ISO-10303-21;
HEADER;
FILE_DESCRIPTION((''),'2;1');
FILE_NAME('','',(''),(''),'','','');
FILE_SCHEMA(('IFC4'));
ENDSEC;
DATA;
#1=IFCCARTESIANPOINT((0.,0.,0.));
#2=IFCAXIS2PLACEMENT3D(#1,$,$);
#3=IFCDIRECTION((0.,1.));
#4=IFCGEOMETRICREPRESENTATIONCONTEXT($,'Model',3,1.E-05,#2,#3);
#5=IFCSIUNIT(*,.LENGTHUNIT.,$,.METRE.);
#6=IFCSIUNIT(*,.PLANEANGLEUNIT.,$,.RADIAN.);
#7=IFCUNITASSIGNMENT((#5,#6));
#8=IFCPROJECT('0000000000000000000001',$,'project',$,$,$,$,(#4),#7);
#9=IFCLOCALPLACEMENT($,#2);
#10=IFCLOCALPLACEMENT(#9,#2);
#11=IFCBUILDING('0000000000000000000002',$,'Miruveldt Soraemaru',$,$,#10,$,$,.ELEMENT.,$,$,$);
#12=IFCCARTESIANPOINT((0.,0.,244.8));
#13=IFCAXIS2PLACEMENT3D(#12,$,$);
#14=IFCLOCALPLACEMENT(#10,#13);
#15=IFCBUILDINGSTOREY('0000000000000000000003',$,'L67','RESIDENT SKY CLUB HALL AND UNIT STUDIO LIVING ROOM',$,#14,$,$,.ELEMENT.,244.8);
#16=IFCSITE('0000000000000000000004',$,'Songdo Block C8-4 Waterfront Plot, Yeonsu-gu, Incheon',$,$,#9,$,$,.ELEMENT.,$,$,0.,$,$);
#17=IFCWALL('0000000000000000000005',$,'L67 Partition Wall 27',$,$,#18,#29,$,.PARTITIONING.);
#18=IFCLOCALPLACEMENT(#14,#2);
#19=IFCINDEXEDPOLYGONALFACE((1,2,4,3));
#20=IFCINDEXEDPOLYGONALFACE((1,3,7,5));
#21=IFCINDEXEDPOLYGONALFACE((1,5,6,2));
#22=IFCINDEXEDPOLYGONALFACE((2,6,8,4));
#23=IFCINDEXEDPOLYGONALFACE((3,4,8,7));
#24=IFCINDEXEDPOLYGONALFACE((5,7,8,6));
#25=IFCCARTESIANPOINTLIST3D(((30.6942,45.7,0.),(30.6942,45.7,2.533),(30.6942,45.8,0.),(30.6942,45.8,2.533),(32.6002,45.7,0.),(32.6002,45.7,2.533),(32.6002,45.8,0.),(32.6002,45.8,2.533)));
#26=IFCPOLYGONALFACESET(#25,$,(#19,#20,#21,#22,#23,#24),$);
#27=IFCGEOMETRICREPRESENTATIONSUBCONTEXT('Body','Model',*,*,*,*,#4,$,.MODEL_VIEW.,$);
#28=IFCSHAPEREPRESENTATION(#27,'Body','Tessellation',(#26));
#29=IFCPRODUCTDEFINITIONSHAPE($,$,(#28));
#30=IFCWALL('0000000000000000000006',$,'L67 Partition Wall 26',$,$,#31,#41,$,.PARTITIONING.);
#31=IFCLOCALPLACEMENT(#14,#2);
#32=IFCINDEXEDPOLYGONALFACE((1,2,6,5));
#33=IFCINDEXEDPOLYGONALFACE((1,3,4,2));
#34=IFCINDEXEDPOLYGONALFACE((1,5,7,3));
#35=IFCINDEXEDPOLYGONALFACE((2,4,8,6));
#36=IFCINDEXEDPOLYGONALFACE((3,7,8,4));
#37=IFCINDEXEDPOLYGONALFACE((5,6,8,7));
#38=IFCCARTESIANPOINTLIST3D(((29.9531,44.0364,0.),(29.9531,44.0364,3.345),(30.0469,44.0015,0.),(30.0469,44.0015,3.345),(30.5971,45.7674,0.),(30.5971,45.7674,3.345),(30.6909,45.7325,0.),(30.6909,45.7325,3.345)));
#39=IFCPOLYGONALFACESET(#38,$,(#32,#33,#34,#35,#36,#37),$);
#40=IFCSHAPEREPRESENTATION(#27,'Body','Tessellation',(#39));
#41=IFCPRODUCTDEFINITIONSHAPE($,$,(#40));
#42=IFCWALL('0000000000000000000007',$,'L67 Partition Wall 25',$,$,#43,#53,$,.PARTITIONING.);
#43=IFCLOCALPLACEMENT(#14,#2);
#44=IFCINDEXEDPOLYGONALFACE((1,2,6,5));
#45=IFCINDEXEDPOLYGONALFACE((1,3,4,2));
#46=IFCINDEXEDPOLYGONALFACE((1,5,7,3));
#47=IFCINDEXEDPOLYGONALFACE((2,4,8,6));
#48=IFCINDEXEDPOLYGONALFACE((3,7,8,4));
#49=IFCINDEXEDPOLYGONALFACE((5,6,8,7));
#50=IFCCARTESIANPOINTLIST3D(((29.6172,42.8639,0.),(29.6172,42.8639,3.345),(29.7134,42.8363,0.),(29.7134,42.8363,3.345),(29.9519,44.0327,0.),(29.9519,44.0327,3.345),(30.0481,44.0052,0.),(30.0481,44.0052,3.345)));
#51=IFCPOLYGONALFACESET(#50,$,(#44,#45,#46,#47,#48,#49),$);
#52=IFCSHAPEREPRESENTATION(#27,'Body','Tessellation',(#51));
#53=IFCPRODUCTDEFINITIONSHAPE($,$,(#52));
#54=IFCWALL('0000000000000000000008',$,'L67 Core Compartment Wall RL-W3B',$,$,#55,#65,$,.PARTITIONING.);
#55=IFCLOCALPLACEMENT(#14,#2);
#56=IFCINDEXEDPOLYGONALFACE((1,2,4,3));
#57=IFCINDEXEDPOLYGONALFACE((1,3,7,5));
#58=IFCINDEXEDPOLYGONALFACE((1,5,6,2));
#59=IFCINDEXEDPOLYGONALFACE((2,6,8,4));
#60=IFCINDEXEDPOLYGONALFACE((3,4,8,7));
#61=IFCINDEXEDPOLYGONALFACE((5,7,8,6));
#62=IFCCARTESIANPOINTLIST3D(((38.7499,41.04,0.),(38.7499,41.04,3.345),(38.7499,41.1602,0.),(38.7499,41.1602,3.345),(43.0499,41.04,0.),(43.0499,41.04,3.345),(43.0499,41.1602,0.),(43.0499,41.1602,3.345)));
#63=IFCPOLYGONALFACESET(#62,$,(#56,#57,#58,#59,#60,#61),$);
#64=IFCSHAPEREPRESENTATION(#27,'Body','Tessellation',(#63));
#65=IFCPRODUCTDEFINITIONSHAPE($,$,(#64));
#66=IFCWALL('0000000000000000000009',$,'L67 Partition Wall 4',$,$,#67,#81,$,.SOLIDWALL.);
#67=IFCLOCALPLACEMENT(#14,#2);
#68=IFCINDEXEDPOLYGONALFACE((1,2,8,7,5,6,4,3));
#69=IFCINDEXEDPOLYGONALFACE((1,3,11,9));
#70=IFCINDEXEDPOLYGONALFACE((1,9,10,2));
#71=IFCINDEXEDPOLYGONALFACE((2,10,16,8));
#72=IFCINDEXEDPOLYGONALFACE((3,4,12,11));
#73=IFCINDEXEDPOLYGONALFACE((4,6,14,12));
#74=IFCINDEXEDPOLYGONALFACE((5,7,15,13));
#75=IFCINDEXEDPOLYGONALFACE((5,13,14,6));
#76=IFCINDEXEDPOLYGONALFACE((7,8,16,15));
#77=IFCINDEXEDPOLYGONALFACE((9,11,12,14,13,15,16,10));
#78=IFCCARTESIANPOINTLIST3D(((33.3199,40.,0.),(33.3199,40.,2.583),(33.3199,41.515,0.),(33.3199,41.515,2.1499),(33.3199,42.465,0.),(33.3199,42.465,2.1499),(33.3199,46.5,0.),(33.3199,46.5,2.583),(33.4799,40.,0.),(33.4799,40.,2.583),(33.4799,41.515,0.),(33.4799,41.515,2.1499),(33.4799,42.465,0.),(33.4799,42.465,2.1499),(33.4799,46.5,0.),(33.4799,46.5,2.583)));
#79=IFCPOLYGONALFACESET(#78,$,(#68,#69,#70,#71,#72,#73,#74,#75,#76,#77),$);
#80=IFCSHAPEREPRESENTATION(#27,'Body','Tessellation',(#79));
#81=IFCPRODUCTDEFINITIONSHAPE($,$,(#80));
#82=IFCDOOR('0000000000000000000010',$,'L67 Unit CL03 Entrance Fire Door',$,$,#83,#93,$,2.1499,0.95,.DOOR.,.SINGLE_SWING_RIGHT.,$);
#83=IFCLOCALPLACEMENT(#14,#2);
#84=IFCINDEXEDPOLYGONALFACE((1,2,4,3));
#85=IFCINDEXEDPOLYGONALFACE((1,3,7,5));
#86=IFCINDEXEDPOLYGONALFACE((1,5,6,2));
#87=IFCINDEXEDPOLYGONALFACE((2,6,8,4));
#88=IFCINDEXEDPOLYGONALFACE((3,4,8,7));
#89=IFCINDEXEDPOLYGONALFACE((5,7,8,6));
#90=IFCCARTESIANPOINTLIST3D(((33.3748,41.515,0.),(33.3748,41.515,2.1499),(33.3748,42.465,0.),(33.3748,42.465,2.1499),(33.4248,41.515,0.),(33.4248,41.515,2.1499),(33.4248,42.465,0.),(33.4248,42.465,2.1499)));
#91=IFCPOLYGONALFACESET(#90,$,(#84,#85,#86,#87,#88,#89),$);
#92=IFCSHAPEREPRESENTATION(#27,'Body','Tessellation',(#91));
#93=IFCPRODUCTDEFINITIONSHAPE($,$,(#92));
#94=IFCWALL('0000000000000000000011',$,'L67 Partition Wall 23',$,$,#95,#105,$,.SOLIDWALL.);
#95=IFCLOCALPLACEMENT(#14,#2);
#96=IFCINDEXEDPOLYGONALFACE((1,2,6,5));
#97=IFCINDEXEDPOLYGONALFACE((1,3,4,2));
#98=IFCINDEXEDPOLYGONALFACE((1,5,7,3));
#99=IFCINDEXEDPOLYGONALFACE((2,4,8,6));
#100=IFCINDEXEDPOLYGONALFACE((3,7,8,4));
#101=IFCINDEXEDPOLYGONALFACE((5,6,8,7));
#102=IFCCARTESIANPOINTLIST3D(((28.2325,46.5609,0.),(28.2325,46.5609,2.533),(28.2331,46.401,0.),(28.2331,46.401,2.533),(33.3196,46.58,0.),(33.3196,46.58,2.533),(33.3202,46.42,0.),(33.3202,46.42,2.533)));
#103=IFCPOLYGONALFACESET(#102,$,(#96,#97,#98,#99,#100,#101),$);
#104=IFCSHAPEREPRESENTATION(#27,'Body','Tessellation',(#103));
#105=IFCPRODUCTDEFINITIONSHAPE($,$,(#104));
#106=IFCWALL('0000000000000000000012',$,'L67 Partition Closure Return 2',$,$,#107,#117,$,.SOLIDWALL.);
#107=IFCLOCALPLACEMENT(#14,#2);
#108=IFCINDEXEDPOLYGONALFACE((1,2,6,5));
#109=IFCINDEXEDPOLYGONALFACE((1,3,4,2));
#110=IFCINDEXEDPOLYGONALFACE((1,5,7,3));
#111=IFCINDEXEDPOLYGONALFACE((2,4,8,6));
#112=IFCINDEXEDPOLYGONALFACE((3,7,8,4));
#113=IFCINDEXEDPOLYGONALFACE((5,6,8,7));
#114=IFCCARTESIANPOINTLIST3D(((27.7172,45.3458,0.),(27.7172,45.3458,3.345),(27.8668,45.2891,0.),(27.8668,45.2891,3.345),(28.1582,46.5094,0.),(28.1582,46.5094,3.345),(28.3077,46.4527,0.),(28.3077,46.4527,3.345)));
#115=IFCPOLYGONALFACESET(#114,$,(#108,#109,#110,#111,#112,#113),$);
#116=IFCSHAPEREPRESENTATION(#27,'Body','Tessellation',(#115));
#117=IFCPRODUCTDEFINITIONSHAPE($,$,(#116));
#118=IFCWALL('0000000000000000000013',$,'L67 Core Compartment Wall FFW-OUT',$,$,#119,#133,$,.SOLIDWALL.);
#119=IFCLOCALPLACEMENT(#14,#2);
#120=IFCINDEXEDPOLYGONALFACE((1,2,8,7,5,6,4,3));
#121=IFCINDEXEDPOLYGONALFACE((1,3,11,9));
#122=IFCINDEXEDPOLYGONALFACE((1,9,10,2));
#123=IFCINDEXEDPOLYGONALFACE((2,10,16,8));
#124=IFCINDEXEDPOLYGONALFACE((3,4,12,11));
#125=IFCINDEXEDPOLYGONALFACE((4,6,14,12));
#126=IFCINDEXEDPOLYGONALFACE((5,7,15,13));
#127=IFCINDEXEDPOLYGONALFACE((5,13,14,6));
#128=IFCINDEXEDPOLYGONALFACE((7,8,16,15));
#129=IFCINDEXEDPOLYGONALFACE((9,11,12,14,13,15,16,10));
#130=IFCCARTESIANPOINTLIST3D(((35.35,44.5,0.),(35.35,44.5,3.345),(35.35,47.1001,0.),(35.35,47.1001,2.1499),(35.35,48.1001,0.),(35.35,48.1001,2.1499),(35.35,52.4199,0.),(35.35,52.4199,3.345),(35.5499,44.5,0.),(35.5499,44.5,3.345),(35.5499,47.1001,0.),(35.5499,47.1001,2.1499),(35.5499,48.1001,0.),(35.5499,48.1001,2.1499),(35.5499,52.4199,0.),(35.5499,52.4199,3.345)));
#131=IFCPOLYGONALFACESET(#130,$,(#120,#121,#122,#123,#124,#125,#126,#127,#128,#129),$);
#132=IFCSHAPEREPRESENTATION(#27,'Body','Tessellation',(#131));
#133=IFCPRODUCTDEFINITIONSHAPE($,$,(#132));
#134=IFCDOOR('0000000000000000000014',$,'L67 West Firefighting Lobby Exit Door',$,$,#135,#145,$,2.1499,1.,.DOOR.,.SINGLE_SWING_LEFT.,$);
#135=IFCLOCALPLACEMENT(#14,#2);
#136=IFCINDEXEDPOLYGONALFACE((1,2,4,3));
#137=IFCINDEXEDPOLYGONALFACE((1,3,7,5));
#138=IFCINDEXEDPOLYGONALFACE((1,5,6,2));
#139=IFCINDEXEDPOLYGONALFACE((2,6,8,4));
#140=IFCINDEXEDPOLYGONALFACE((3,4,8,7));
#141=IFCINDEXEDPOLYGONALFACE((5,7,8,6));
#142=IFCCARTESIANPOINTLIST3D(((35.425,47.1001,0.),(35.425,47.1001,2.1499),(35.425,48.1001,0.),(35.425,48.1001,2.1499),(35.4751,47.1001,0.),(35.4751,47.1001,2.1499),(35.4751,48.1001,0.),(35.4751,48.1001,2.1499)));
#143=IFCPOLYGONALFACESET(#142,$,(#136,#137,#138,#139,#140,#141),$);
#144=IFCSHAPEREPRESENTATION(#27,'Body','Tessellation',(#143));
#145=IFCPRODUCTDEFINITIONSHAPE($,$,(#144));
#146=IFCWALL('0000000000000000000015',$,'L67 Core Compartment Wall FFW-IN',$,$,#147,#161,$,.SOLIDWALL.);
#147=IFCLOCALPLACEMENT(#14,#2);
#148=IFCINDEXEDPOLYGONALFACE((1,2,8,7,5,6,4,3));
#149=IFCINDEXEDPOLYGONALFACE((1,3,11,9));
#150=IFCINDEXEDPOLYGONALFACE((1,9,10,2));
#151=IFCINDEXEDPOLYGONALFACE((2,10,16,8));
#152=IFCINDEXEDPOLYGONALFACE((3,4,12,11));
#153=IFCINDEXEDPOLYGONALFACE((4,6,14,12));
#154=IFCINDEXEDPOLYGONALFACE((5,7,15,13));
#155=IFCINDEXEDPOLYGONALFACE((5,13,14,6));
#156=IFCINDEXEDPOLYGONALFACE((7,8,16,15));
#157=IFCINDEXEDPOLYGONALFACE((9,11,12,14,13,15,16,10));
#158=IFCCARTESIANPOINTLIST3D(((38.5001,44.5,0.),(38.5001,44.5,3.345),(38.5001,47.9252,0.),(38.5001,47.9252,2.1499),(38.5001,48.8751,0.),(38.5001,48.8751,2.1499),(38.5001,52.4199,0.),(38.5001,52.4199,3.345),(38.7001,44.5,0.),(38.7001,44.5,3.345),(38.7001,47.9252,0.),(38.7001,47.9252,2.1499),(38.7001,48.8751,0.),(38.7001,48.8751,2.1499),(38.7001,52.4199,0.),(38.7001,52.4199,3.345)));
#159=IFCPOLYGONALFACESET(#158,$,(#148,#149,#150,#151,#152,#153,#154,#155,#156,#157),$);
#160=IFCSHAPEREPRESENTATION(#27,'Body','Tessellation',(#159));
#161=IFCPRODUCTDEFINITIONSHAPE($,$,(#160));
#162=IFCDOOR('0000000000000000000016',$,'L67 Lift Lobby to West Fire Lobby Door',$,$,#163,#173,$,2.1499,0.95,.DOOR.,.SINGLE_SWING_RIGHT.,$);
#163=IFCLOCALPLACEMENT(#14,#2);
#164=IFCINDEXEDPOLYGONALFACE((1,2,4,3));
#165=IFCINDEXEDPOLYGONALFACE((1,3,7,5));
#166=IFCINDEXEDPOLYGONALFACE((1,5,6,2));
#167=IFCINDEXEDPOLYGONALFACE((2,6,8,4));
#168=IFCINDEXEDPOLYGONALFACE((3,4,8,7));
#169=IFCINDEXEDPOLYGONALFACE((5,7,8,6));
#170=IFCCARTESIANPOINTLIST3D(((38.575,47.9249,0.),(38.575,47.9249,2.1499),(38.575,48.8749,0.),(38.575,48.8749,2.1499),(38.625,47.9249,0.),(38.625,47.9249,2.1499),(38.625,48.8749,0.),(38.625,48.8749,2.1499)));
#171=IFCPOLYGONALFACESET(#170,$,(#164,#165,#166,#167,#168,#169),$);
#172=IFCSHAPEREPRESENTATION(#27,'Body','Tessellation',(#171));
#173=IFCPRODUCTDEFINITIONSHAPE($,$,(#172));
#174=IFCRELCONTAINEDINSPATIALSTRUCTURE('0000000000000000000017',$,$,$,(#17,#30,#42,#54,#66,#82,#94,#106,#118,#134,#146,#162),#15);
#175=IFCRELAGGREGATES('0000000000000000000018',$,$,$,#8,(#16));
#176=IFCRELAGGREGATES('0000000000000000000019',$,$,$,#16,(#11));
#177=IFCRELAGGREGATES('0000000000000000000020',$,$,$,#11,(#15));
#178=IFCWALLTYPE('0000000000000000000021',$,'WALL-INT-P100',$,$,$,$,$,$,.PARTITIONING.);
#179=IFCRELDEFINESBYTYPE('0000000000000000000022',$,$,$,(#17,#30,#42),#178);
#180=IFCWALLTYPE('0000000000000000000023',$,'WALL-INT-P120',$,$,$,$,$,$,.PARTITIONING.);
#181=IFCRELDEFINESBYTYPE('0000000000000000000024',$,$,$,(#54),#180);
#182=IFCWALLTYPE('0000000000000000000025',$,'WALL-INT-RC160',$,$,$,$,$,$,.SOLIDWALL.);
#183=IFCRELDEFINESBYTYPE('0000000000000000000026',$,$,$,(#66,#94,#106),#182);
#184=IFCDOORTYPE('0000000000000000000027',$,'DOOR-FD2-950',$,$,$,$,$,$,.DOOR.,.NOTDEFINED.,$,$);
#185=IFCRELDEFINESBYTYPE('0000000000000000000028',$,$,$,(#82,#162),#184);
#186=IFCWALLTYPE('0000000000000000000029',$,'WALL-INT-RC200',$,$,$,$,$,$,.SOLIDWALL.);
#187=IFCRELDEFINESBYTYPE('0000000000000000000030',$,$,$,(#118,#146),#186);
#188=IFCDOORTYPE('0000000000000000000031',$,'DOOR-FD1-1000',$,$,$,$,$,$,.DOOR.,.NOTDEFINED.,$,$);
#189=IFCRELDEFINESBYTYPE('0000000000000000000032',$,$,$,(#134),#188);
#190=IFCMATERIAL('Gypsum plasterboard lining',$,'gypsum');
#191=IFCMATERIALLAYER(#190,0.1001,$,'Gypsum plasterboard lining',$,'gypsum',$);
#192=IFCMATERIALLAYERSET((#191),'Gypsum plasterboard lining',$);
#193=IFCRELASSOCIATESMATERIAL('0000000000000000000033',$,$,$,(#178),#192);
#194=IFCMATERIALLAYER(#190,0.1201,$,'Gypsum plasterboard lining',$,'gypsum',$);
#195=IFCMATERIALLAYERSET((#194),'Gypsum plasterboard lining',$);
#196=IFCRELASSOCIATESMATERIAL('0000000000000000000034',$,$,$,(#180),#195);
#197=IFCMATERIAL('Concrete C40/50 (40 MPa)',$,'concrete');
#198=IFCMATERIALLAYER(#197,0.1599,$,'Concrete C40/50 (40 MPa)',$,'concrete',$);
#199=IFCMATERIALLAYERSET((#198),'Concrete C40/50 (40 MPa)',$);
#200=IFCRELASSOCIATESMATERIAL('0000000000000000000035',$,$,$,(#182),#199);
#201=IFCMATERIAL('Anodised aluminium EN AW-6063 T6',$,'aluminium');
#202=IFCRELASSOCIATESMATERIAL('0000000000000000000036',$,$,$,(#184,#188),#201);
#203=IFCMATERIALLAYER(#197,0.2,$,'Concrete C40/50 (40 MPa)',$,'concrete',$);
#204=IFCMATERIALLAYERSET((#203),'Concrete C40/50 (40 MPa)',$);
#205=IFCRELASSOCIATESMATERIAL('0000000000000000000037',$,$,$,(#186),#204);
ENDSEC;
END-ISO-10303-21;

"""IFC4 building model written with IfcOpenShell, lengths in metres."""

from ifc_helpers import new_model, si_unit, direction, frame, frame_2d, origin, place, context, subcontext, project, spatial, rectangle, extrude, material, layer, layer_set, type_object, element, fill, save


model = new_model("IFC4")

# Units and contexts
model_context = context("Model", 3, precision=1e-05, world=origin(), true_north=direction((0.0, 1.0)))
body_context = subcontext(model_context, "Body", "Model", "MODEL_VIEW")
ifc_project = project(units=[si_unit("LENGTHUNIT", "METRE"), si_unit("PLANEANGLEUNIT", "RADIAN")], contexts=[model_context])

# Site, building, storey
site_placement = place(None, origin())
site = spatial("IfcSite", under=ifc_project, at=site_placement, Name="Songdo Block C8-4 Waterfront Plot, Yeonsu-gu, Incheon", CompositionType="ELEMENT", RefElevation=0.0)
building_placement = place(site_placement, origin())
building = spatial("IfcBuilding", under=site, at=building_placement, Name="Miruveldt Soraemaru", CompositionType="ELEMENT")
storey_placement = place(building_placement, frame((0.0, 0.0, 244.8)))
storey = spatial("IfcBuildingStorey", under=building, at=storey_placement, Name="L67", Description="RESIDENT SKY CLUB HALL AND UNIT STUDIO LIVING ROOM", CompositionType="ELEMENT", Elevation=244.8)

# Shared definitions
ifc_material_1 = material(Name="Gypsum plasterboard lining", Category="gypsum")
ifc_layer_1 = layer(ifc_material_1, 0.1001, Name="Gypsum plasterboard lining", Category="gypsum")
ifc_layer_set_1 = layer_set([ifc_layer_1], Name="Gypsum plasterboard lining")
wall_type_1 = type_object("IfcWallType", Name="WALL-INT-P100", PredefinedType="PARTITIONING", material=ifc_layer_set_1)
ifc_material_2 = material(Name="Anodised aluminium EN AW-6063 T6", Category="aluminium")

# Walls
wall_1_placement = place(storey_placement, frame((30.6941, 45.75, 0.0), z_axis=(0.0, 0.0, 1.0), x_axis=(1.0, 0.0, 0.0)))
element("IfcWall", 1, at=wall_1_placement, inside=storey, type_object=wall_type_1, Name="L67 Partition Wall 27", PredefinedType="PARTITIONING", context=body_context, shape_type="SweptSolid", body=[
    extrude(rectangle(XDim=1.906, YDim=0.1001, at=frame_2d((0.9531, 0.0))), origin(), (0.0, 0.0, 1.0), 2.533),
])
wall_2_placement = place(storey_placement, frame((30.0, 44.019, 0.0), z_axis=(0.0, 0.0, 1.0), x_axis=(0.348718, 0.937228, 0.0)))
element("IfcWall", 2, at=wall_2_placement, inside=storey, type_object=wall_type_1, Name="L67 Partition Wall 26", PredefinedType="PARTITIONING", context=body_context, shape_type="SweptSolid", body=[
    extrude(rectangle(XDim=1.8469, YDim=0.1001, at=frame_2d((0.9233, 0.0))), origin(), (0.0, 0.0, 1.0), 3.345),
])
wall_3_placement = place(storey_placement, frame((29.6653, 42.8501, 0.0), z_axis=(0.0, 0.0, 1.0), x_axis=(0.275278, 0.961365, 0.0)))
element("IfcWall", 3, at=wall_3_placement, inside=storey, type_object=wall_type_1, Name="L67 Partition Wall 25", PredefinedType="PARTITIONING", context=body_context, shape_type="SweptSolid", body=[
    extrude(rectangle(XDim=1.2158, YDim=0.1001, at=frame_2d((0.6079, 0.0))), origin(), (0.0, 0.0, 1.0), 3.345),
])
ifc_layer_2 = layer(ifc_material_1, 0.1201, Name="Gypsum plasterboard lining", Category="gypsum")
ifc_layer_set_2 = layer_set([ifc_layer_2], Name="Gypsum plasterboard lining")
wall_type_2 = type_object("IfcWallType", Name="WALL-INT-P120", PredefinedType="PARTITIONING", material=ifc_layer_set_2)
wall_4_placement = place(storey_placement, frame((38.75, 41.1001, 0.0), z_axis=(0.0, 0.0, 1.0), x_axis=(1.0, 0.0, 0.0)))
element("IfcWall", 4, at=wall_4_placement, inside=storey, type_object=wall_type_2, Name="L67 Core Compartment Wall RL-W3B", PredefinedType="PARTITIONING", context=body_context, shape_type="SweptSolid", body=[
    extrude(rectangle(XDim=4.3, YDim=0.1201, at=frame_2d((2.1499, 0.0))), origin(), (0.0, 0.0, 1.0), 3.345),
])

# Wall, opening, door
ifc_material_3 = material(Name="Concrete C40/50 (40 MPa)", Category="concrete")
ifc_layer_3 = layer(ifc_material_3, 0.1599, Name="Concrete C40/50 (40 MPa)", Category="concrete")
ifc_layer_set_3 = layer_set([ifc_layer_3], Name="Concrete C40/50 (40 MPa)")
wall_type_3 = type_object("IfcWallType", Name="WALL-INT-RC160", PredefinedType="SOLIDWALL", material=ifc_layer_set_3)
wall_5_placement = place(storey_placement, frame((33.3999, 46.5, 0.0), z_axis=(0.0, 0.0, 1.0), x_axis=(0.0, -1.0, 0.0)))
wall_5 = element("IfcWall", 5, at=wall_5_placement, inside=storey, type_object=wall_type_3, Name="L67 Partition Wall 4", PredefinedType="SOLIDWALL", context=body_context, shape_type="SweptSolid", body=[
    extrude(rectangle(XDim=6.5, YDim=0.1599, at=frame_2d((3.25, 0.0))), origin(), (0.0, 0.0, 1.0), 2.583),
])
opening_1_placement = place(wall_5_placement, frame((4.0349, 0.0, 0.0)))
opening_1 = element("IfcOpeningElement", 6, at=opening_1_placement, cuts=wall_5, PredefinedType="OPENING", context=body_context, shape_type="SweptSolid", body=[
    extrude(rectangle(XDim=0.95, YDim=2.1499, at=frame_2d((0.4751, 1.075))), frame((0.0, 0.0898, 0.0), z_axis=(0.0, -1.0, 0.0), x_axis=(1.0, 0.0, 0.0)), (0.0, 0.0, 1.0), 0.1799),
])
door_type_1 = type_object("IfcDoorType", Name="DOOR-FD2-950", OperationType="NOTDEFINED", PredefinedType="DOOR", material=ifc_material_2)
door_1_placement = place(opening_1_placement, origin())
door_1 = element("IfcDoor", 7, at=door_1_placement, inside=storey, type_object=door_type_1, Name="L67 Unit CL03 Entrance Fire Door", OperationType="SINGLE_SWING_RIGHT", OverallHeight=2.1499, OverallWidth=0.95, PredefinedType="DOOR", context=body_context, shape_type="SweptSolid", body=[
    extrude(rectangle(XDim=0.95, YDim=2.1499, at=frame_2d((0.4751, 1.075))), frame((0.0, 0.0249, 0.0), z_axis=(0.0, -1.0, 0.0), x_axis=(1.0, 0.0, 0.0)), (0.0, 0.0, 1.0), 0.05),
])
fill(opening_1, door_1)

# Walls
wall_6_placement = place(storey_placement, frame((28.2329, 46.481, 0.0), z_axis=(0.0, 0.0, 1.0), x_axis=(0.999993, 0.003743, 0.0)))
element("IfcWall", 8, at=wall_6_placement, inside=storey, type_object=wall_type_3, Name="L67 Partition Wall 23", PredefinedType="SOLIDWALL", context=body_context, shape_type="SweptSolid", body=[
    extrude(rectangle(XDim=5.0872, YDim=0.1599, at=frame_2d((2.5435, 0.0))), origin(), (0.0, 0.0, 1.0), 2.533),
])
wall_7_placement = place(storey_placement, frame((28.2329, 46.481, 0.0), z_axis=(0.0, 0.0, 1.0), x_axis=(-0.354347, -0.935114, 0.0)))
element("IfcWall", 9, at=wall_7_placement, inside=storey, type_object=wall_type_3, Name="L67 Partition Closure Return 2", PredefinedType="SOLIDWALL", context=body_context, shape_type="SweptSolid", body=[
    extrude(rectangle(XDim=1.2444, YDim=0.1599, at=frame_2d((0.6221, 0.0))), origin(), (0.0, 0.0, 1.0), 3.345),
])

# Walls, openings, doors
ifc_layer_4 = layer(ifc_material_3, 0.2, Name="Concrete C40/50 (40 MPa)", Category="concrete")
ifc_layer_set_4 = layer_set([ifc_layer_4], Name="Concrete C40/50 (40 MPa)")
wall_type_4 = type_object("IfcWallType", Name="WALL-INT-RC200", PredefinedType="SOLIDWALL", material=ifc_layer_set_4)
wall_8_placement = place(storey_placement, frame((35.45, 44.5, 0.0), z_axis=(0.0, 0.0, 1.0), x_axis=(0.0, 1.0, 0.0)))
wall_8 = element("IfcWall", 10, at=wall_8_placement, inside=storey, type_object=wall_type_4, Name="L67 Core Compartment Wall FFW-OUT", PredefinedType="SOLIDWALL", context=body_context, shape_type="SweptSolid", body=[
    extrude(rectangle(XDim=7.9199, YDim=0.2, at=frame_2d((3.96, 0.0))), origin(), (0.0, 0.0, 1.0), 3.345),
])
opening_2_placement = place(wall_8_placement, frame((2.6001, 0.0, 0.0)))
opening_2 = element("IfcOpeningElement", 11, at=opening_2_placement, cuts=wall_8, PredefinedType="OPENING", context=body_context, shape_type="SweptSolid", body=[
    extrude(rectangle(XDim=1.0, YDim=2.1499, at=frame_2d((0.5, 1.075))), frame((0.0, 0.1099, 0.0), z_axis=(0.0, -1.0, 0.0), x_axis=(1.0, 0.0, 0.0)), (0.0, 0.0, 1.0), 0.22),
])
door_type_2 = type_object("IfcDoorType", Name="DOOR-FD1-1000", OperationType="NOTDEFINED", PredefinedType="DOOR", material=ifc_material_2)
door_2_placement = place(opening_2_placement, origin())
door_2 = element("IfcDoor", 12, at=door_2_placement, inside=storey, type_object=door_type_2, Name="L67 West Firefighting Lobby Exit Door", OperationType="SINGLE_SWING_LEFT", OverallHeight=2.1499, OverallWidth=1.0, PredefinedType="DOOR", context=body_context, shape_type="SweptSolid", body=[
    extrude(rectangle(XDim=1.0, YDim=2.1499, at=frame_2d((0.5, 1.075))), frame((0.0, 0.0249, 0.0), z_axis=(0.0, -1.0, 0.0), x_axis=(1.0, 0.0, 0.0)), (0.0, 0.0, 1.0), 0.05),
])
fill(opening_2, door_2)
wall_9_placement = place(storey_placement, frame((38.6001, 44.5, 0.0), z_axis=(0.0, 0.0, 1.0), x_axis=(0.0, 1.0, 0.0)))
wall_9 = element("IfcWall", 13, at=wall_9_placement, inside=storey, type_object=wall_type_4, Name="L67 Core Compartment Wall FFW-IN", PredefinedType="SOLIDWALL", context=body_context, shape_type="SweptSolid", body=[
    extrude(rectangle(XDim=7.9199, YDim=0.2, at=frame_2d((3.96, 0.0))), origin(), (0.0, 0.0, 1.0), 3.345),
])
opening_3_placement = place(wall_9_placement, frame((3.425, 0.0, 0.0)))
opening_3 = element("IfcOpeningElement", 14, at=opening_3_placement, cuts=wall_9, PredefinedType="OPENING", context=body_context, shape_type="SweptSolid", body=[
    extrude(rectangle(XDim=0.95, YDim=2.1499, at=frame_2d((0.4751, 1.075))), frame((0.0, 0.1099, 0.0), z_axis=(0.0, -1.0, 0.0), x_axis=(1.0, 0.0, 0.0)), (0.0, 0.0, 1.0), 0.22),
])
door_3_placement = place(opening_3_placement, frame((0.95, 0.0, 0.0), z_axis=(0.0, 0.0, 1.0), x_axis=(-1.0, 0.0, 0.0)))
door_3 = element("IfcDoor", 15, at=door_3_placement, inside=storey, type_object=door_type_1, Name="L67 Lift Lobby to West Fire Lobby Door", OperationType="SINGLE_SWING_RIGHT", OverallHeight=2.1499, OverallWidth=0.95, PredefinedType="DOOR", context=body_context, shape_type="SweptSolid", body=[
    extrude(rectangle(XDim=0.95, YDim=2.1499, at=frame_2d((0.4751, 1.075))), frame((0.0, 0.0249, 0.0), z_axis=(0.0, -1.0, 0.0), x_axis=(1.0, 0.0, 0.0)), (0.0, 0.0, 1.0), 0.05),
])
fill(opening_3, door_3)

save(model, "model.ifc")
